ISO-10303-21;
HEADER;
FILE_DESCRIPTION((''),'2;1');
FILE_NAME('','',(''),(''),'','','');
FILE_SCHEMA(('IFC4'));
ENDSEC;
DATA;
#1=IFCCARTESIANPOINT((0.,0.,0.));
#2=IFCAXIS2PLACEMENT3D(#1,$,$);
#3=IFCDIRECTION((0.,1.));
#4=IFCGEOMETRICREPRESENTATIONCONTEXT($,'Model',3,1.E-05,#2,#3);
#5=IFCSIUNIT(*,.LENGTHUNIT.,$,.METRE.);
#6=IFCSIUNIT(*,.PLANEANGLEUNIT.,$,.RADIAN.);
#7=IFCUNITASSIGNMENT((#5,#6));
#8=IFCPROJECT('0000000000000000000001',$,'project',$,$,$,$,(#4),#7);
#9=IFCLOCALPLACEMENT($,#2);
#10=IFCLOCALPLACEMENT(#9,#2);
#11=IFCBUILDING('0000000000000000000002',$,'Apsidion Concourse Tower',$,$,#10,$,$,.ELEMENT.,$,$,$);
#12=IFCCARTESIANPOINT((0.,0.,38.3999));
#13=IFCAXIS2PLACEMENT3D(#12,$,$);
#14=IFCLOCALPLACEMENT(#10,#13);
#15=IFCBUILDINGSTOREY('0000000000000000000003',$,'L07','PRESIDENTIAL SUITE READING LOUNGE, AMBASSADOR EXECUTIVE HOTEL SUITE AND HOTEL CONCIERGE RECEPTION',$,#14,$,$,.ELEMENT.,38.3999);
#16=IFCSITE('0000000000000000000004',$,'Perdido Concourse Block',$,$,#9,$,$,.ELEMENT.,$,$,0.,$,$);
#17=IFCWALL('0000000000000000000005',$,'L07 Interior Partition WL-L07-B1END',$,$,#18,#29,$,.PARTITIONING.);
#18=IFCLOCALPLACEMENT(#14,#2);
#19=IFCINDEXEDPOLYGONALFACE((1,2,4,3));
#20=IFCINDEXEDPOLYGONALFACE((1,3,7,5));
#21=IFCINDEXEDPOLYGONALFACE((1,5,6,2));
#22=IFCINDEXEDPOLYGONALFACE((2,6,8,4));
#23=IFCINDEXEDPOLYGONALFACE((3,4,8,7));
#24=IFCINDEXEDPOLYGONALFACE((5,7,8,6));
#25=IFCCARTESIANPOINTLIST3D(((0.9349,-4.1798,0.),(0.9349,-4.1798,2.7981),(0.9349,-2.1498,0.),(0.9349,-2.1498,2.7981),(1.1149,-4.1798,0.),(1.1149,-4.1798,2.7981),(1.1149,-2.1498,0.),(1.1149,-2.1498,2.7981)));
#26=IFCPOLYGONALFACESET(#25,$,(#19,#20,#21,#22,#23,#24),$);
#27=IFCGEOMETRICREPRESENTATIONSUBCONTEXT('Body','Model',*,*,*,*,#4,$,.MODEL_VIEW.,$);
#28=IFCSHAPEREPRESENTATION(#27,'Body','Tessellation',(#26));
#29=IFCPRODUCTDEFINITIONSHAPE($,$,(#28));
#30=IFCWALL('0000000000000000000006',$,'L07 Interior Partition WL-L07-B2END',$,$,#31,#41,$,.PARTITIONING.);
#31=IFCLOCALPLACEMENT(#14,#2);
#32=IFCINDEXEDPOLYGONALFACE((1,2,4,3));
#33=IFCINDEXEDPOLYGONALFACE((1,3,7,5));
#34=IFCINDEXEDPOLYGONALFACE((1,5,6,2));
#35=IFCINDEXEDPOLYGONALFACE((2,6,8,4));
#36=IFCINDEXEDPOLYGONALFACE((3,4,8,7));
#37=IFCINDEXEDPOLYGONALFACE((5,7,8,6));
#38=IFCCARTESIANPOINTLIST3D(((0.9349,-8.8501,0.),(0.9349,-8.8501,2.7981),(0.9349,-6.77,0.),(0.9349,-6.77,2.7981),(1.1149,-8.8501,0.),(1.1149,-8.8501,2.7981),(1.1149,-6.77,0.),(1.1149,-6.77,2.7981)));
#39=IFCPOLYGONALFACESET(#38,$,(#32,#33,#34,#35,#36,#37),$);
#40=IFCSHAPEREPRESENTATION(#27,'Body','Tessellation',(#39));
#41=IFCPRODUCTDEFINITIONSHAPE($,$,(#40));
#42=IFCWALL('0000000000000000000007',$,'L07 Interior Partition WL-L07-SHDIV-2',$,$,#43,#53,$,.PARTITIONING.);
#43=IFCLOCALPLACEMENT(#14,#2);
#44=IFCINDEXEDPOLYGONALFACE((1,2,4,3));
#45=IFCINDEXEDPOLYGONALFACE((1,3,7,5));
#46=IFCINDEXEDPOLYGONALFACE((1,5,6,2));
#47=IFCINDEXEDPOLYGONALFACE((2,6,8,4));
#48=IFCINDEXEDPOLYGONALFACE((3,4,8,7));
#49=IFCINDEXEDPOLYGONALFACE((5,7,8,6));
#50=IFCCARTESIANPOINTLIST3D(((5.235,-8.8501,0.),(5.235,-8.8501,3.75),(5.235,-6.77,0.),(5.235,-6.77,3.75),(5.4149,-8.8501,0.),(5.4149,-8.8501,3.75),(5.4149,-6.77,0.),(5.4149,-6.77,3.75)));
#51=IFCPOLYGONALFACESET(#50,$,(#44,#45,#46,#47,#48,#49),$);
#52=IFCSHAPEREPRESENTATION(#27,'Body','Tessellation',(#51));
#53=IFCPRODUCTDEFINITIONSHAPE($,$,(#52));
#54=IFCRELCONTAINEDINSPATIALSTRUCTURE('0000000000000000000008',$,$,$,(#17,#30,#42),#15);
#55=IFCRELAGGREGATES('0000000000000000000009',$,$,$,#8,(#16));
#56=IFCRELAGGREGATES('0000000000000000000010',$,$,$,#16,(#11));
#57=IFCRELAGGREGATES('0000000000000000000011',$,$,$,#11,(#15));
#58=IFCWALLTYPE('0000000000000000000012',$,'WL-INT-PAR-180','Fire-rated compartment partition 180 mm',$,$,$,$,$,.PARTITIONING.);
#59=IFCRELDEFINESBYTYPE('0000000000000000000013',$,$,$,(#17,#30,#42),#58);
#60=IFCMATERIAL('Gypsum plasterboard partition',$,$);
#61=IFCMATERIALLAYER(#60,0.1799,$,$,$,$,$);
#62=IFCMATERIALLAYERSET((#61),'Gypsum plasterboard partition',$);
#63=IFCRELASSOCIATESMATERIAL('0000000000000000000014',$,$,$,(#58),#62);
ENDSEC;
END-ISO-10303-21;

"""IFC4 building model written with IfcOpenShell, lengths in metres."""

from ifc_helpers import new_model, si_unit, direction, frame, frame_2d, origin, place, context, subcontext, project, spatial, rectangle, extrude, material, layer, layer_set, type_object, element, save


model = new_model("IFC4")

# Units and contexts
model_context = context("Model", 3, precision=1e-05, world=origin(), true_north=direction((0.0, 1.0)))
body_context = subcontext(model_context, "Body", "Model", "MODEL_VIEW")
ifc_project = project(units=[si_unit("LENGTHUNIT", "METRE"), si_unit("PLANEANGLEUNIT", "RADIAN")], contexts=[model_context])

# Site, building, storey
site_placement = place(None, origin())
site = spatial("IfcSite", under=ifc_project, at=site_placement, Name="Perdido Concourse Block", CompositionType="ELEMENT", RefElevation=0.0)
building_placement = place(site_placement, origin())
building = spatial("IfcBuilding", under=site, at=building_placement, Name="Apsidion Concourse Tower", CompositionType="ELEMENT")
storey_placement = place(building_placement, frame((0.0, 0.0, 38.3999)))
storey = spatial("IfcBuildingStorey", under=building, at=storey_placement, Name="L07", Description="PRESIDENTIAL SUITE READING LOUNGE, AMBASSADOR EXECUTIVE HOTEL SUITE AND HOTEL CONCIERGE RECEPTION", CompositionType="ELEMENT", Elevation=38.3999)

# Shared definitions
ifc_material_1 = material(Name="Gypsum plasterboard partition")

# Walls
ifc_layer_1 = layer(ifc_material_1, 0.1799)
ifc_layer_set_1 = layer_set([ifc_layer_1], Name="Gypsum plasterboard partition")
wall_type_1 = type_object("IfcWallType", Name="WL-INT-PAR-180", Description="Fire-rated compartment partition 180 mm", PredefinedType="PARTITIONING", material=ifc_layer_set_1)
wall_1_placement = place(storey_placement, frame((1.0249, -4.1799, 0.0), z_axis=(0.0, 0.0, 1.0), x_axis=(0.0, 1.0, 0.0)))
element("IfcWall", 1, at=wall_1_placement, inside=storey, type_object=wall_type_1, Name="L07 Interior Partition WL-L07-B1END", PredefinedType="PARTITIONING", context=body_context, shape_type="SweptSolid", body=[
    extrude(rectangle(XDim=2.03, YDim=0.1799, at=frame_2d((1.0151, 0.0))), origin(), (0.0, 0.0, 1.0), 2.7981),
])
wall_2_placement = place(storey_placement, frame((1.0249, -8.8501, 0.0), z_axis=(0.0, 0.0, 1.0), x_axis=(0.0, 1.0, 0.0)))
element("IfcWall", 2, at=wall_2_placement, inside=storey, type_object=wall_type_1, Name="L07 Interior Partition WL-L07-B2END", PredefinedType="PARTITIONING", context=body_context, shape_type="SweptSolid", body=[
    extrude(rectangle(XDim=2.0801, YDim=0.1799, at=frame_2d((1.04, 0.0))), origin(), (0.0, 0.0, 1.0), 2.7981),
])
wall_3_placement = place(storey_placement, frame((5.325, -8.8501, 0.0), z_axis=(0.0, 0.0, 1.0), x_axis=(0.0, 1.0, 0.0)))
element("IfcWall", 3, at=wall_3_placement, inside=storey, type_object=wall_type_1, Name="L07 Interior Partition WL-L07-SHDIV-2", PredefinedType="PARTITIONING", context=body_context, shape_type="SweptSolid", body=[
    extrude(rectangle(XDim=2.0801, YDim=0.1799, at=frame_2d((1.04, 0.0))), origin(), (0.0, 0.0, 1.0), 3.75),
])

save(model, "model.ifc")
